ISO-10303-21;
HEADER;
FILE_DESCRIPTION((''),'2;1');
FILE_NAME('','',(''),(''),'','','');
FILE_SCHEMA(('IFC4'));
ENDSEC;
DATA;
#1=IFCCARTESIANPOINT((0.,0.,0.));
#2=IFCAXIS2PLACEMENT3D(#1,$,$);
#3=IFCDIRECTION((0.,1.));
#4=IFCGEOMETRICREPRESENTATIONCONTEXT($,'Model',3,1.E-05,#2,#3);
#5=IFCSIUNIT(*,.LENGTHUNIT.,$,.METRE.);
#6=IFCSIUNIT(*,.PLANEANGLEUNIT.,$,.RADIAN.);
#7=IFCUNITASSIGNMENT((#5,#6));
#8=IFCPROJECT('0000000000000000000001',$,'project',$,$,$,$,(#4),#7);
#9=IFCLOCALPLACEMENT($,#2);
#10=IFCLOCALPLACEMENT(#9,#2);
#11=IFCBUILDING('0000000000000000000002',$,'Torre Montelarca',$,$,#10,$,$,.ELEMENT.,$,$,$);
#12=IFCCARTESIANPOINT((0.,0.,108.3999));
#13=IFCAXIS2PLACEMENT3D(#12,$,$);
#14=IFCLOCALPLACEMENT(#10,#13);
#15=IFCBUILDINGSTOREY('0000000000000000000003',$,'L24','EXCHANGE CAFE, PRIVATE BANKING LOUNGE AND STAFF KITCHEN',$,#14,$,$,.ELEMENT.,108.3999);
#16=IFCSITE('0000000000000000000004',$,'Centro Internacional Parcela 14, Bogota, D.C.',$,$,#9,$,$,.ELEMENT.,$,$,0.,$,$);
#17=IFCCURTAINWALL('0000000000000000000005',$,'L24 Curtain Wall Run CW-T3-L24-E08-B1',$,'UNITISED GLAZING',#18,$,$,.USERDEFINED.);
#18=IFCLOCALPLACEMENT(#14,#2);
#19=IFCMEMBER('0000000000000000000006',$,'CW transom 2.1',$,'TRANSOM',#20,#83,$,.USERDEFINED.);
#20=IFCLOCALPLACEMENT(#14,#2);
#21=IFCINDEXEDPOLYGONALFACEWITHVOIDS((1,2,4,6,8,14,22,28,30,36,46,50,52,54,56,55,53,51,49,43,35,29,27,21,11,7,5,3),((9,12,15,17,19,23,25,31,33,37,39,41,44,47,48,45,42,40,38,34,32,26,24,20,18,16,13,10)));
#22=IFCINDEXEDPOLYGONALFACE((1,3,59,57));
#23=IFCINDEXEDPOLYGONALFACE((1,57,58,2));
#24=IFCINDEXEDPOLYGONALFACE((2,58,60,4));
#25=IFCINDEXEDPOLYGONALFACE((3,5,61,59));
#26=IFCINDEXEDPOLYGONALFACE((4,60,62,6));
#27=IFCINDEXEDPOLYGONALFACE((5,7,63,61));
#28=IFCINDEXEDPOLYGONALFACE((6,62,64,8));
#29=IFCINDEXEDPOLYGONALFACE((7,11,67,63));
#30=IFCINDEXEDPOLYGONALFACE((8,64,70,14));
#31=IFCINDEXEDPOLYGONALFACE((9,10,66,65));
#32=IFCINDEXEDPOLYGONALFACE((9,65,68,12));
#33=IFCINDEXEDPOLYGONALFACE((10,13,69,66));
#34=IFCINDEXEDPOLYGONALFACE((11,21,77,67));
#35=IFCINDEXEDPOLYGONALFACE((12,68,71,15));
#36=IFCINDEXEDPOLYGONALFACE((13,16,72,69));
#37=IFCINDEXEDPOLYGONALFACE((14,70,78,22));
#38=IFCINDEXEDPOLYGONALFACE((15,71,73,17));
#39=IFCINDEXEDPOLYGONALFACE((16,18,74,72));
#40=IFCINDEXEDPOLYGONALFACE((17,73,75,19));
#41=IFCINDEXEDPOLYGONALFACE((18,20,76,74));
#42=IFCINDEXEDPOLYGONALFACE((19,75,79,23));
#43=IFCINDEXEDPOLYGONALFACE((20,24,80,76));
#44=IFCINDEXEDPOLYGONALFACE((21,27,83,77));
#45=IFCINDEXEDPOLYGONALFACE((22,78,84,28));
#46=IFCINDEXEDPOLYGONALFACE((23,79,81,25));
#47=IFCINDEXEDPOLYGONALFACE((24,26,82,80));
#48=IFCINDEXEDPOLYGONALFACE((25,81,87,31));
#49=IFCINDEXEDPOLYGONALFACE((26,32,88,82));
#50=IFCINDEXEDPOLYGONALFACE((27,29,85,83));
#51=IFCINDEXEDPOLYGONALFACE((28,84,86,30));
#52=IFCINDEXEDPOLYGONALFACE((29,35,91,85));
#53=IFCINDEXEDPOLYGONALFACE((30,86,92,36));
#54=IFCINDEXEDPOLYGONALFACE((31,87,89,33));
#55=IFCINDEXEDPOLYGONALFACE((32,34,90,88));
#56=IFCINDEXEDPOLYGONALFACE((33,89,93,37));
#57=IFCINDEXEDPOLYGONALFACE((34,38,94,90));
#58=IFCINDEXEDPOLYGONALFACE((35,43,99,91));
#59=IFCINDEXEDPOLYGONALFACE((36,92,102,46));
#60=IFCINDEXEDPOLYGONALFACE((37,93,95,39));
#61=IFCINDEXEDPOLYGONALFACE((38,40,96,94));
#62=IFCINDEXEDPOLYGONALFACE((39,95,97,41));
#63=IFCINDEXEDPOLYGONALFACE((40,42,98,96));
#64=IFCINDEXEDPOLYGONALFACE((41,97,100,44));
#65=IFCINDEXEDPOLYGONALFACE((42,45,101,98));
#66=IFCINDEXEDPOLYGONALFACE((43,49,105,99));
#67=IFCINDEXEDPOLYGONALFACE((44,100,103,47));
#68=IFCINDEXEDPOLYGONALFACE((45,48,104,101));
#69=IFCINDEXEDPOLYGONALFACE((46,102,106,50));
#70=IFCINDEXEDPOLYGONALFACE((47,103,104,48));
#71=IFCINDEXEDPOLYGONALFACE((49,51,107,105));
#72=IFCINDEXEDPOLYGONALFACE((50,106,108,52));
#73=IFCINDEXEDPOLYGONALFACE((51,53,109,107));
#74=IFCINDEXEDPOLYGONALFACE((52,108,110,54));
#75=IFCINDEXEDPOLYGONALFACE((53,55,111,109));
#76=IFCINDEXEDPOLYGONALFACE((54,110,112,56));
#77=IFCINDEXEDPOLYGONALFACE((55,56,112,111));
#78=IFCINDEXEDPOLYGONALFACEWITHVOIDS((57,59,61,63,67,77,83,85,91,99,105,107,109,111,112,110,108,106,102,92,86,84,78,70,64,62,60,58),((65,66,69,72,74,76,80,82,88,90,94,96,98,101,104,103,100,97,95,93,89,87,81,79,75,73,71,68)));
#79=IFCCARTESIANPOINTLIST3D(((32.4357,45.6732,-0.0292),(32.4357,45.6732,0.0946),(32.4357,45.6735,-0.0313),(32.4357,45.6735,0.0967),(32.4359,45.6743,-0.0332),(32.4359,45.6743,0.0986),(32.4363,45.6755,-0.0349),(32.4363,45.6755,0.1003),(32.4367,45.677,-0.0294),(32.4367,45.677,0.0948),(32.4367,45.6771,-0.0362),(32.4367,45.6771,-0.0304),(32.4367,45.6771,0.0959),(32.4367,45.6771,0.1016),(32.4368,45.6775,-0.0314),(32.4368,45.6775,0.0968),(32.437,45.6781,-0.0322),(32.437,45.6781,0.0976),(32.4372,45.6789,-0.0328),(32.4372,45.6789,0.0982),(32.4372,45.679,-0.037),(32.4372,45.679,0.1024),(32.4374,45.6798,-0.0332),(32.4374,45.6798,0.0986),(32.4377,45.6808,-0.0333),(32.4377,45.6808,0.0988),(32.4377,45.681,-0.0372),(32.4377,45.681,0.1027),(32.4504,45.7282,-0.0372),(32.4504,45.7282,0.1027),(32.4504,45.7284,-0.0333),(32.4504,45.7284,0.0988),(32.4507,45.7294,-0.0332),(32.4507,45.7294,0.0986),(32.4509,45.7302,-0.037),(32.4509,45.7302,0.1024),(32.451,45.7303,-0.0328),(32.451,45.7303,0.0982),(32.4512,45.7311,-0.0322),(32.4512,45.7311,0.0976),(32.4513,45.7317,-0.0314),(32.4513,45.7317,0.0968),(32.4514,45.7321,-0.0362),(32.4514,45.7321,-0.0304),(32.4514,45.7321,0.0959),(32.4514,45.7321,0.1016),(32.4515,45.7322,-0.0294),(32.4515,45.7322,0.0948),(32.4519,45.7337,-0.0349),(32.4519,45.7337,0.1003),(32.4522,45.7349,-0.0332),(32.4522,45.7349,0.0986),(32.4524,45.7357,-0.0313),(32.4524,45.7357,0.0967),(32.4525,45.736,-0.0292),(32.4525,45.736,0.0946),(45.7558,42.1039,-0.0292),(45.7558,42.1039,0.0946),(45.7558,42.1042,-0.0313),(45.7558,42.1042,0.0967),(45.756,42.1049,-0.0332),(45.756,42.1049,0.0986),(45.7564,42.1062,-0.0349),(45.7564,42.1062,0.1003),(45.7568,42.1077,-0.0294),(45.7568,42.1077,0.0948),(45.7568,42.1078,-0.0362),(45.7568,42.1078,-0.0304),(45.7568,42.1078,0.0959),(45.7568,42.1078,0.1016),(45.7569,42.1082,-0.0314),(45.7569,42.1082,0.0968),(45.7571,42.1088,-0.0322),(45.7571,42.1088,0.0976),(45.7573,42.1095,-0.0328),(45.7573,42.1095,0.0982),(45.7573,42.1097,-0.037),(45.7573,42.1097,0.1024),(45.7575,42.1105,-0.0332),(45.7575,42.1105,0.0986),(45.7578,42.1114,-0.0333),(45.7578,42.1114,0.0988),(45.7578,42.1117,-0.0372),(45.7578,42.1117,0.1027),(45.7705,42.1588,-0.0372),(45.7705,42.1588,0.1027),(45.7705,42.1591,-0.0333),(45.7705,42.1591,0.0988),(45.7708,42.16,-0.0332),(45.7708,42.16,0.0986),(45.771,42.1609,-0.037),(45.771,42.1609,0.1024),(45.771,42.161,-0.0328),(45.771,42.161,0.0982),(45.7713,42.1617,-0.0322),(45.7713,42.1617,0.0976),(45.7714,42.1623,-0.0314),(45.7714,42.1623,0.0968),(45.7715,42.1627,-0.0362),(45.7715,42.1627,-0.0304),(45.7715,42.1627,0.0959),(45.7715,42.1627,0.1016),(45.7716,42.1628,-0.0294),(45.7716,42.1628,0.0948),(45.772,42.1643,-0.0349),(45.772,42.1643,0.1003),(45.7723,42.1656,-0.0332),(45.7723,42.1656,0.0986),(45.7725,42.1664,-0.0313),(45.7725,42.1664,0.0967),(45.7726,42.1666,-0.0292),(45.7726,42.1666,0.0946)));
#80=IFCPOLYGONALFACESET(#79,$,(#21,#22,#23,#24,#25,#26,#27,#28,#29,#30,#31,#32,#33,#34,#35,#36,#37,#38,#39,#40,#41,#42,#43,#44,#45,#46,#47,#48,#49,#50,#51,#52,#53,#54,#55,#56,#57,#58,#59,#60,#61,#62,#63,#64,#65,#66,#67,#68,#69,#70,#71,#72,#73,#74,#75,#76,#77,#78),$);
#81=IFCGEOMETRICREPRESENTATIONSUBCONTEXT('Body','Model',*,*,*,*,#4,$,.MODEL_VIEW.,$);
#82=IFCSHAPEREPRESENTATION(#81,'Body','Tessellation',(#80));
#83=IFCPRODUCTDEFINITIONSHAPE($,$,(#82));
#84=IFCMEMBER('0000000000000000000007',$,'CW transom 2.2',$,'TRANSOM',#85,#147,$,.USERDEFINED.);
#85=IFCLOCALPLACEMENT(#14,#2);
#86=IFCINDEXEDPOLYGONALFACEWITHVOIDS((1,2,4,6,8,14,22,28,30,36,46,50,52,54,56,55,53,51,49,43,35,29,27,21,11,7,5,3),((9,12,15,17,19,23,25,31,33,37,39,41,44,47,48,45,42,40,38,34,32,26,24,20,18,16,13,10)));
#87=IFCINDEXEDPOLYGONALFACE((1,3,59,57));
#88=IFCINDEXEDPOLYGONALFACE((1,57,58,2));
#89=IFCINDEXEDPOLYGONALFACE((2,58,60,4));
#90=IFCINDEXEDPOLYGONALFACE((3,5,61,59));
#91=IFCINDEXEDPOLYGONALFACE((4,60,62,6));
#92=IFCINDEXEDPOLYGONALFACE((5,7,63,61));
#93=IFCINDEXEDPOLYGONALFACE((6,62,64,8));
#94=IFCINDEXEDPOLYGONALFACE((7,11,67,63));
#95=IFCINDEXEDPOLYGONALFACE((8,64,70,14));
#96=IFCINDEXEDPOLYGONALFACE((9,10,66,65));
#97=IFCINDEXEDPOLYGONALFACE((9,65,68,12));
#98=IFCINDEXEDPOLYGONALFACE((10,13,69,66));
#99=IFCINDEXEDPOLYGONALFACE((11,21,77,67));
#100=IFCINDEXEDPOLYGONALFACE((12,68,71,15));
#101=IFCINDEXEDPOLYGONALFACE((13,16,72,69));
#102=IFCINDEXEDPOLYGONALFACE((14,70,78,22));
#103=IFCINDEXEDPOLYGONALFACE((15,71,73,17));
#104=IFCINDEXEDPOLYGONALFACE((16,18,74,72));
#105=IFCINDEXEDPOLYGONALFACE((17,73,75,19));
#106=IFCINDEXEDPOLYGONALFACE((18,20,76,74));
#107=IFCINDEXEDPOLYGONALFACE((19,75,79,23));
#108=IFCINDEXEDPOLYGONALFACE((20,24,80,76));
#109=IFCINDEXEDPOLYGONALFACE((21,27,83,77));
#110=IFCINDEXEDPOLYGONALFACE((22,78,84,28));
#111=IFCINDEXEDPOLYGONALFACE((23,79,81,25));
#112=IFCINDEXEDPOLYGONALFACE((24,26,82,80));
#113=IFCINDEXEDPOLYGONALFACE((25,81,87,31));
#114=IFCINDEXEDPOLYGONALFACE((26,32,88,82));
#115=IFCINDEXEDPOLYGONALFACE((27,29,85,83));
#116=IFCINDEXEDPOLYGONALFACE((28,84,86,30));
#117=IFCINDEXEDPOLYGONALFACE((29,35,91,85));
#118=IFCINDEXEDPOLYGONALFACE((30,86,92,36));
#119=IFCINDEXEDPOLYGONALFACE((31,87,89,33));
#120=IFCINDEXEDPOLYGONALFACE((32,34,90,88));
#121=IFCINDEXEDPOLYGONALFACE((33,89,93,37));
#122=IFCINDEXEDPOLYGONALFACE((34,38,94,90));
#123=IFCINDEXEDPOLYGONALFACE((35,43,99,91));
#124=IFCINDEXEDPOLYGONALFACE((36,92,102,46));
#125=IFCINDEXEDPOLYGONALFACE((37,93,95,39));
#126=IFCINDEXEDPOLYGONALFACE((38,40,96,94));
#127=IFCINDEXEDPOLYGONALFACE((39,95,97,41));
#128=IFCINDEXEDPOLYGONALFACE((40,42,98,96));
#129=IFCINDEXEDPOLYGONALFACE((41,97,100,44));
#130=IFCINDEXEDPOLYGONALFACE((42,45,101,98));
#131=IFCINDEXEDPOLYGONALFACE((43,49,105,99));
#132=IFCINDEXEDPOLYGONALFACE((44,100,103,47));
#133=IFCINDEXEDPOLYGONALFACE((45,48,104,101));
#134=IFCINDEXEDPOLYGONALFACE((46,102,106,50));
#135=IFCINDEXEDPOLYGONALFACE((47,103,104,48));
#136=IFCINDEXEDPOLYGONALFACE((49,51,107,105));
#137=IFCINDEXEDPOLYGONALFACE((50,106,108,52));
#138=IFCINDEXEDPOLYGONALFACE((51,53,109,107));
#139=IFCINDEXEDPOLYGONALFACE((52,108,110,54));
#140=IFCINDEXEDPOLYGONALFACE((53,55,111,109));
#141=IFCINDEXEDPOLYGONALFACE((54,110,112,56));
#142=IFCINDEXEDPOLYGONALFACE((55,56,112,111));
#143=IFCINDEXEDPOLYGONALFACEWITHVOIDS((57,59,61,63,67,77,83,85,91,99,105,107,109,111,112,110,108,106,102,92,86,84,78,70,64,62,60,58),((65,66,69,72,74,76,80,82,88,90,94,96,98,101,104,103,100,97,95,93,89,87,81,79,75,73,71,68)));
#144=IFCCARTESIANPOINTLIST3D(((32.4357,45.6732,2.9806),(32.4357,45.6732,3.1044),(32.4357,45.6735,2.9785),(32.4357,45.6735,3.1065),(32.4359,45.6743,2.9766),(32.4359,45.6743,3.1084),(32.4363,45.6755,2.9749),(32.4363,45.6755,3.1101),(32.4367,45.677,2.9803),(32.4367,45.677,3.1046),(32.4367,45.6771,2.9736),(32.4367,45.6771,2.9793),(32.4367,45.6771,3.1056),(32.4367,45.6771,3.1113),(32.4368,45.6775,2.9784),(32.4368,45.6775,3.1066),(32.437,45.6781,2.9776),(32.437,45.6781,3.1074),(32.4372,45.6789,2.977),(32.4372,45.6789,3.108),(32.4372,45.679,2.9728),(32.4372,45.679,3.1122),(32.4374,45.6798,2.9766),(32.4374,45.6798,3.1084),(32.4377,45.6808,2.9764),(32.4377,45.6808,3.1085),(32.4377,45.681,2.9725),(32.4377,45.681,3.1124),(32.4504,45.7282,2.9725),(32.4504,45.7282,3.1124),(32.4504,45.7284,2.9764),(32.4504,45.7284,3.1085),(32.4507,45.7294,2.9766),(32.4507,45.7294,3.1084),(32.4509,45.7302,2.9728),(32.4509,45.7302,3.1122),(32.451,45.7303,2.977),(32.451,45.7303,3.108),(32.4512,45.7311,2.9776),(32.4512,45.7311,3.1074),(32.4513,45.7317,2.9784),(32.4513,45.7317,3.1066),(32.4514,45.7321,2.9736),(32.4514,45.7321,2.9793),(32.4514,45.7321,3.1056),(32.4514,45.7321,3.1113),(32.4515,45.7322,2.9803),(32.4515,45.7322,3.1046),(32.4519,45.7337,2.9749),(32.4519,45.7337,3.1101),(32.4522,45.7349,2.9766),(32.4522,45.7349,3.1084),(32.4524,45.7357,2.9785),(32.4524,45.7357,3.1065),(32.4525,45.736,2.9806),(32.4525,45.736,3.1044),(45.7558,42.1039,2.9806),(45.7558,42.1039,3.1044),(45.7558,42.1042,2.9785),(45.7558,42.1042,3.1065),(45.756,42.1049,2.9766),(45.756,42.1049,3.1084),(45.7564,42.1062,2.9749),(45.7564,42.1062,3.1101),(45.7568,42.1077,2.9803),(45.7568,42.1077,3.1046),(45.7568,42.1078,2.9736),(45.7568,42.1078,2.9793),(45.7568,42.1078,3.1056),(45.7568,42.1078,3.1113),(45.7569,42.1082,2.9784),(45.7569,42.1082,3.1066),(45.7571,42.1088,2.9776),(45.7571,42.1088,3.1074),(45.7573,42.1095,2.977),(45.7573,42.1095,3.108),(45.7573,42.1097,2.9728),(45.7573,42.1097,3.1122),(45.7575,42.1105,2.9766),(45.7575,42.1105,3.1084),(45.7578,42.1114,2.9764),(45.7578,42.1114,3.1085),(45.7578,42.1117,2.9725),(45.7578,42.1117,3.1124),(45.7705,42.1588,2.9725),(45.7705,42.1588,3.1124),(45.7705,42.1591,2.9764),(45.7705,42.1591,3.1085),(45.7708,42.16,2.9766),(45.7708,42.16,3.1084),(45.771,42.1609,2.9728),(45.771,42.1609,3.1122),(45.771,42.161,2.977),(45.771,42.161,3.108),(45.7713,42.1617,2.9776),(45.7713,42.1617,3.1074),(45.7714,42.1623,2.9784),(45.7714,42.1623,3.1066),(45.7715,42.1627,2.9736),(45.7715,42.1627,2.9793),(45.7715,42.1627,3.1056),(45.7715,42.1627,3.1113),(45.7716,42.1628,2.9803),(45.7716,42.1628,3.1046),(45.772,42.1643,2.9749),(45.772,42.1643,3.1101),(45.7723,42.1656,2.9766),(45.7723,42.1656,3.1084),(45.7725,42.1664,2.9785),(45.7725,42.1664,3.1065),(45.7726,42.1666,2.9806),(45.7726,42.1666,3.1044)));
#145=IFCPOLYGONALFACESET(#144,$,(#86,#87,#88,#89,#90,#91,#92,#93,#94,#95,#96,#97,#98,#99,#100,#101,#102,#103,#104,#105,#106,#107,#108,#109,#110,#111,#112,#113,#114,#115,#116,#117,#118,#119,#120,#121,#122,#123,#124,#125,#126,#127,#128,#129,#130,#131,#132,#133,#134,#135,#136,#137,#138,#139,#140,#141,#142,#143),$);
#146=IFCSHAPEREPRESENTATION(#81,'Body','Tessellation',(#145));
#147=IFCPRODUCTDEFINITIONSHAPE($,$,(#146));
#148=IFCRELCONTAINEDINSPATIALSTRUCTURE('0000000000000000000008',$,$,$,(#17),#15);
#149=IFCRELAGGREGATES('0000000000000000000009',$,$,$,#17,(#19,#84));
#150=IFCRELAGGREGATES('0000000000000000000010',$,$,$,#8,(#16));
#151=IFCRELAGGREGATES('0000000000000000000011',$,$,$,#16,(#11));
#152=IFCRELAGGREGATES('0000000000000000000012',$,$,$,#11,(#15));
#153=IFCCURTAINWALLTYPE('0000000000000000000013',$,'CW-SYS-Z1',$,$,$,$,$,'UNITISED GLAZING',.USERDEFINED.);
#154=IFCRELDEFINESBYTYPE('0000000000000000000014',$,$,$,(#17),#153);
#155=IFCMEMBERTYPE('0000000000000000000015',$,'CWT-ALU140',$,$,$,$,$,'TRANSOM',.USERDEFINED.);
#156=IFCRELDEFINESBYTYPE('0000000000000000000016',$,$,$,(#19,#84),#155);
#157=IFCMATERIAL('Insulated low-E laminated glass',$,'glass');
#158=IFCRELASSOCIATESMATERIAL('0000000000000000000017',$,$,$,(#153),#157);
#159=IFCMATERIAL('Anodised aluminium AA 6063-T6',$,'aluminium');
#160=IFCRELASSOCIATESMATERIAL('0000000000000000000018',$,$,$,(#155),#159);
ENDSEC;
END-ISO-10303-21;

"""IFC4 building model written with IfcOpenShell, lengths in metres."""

from ifc_helpers import new_model, si_unit, direction, frame, origin, origin_2d, place, context, subcontext, project, spatial, hollow_rectangle, extrude, source, transform, mapped, material, material_profile, profile_set, type_object, element, aggregate, save


model = new_model("IFC4")

# Units and contexts
model_context = context("Model", 3, precision=1e-05, world=origin(), true_north=direction((0.0, 1.0)))
body_context = subcontext(model_context, "Body", "Model", "MODEL_VIEW")
ifc_project = project(units=[si_unit("LENGTHUNIT", "METRE"), si_unit("PLANEANGLEUNIT", "RADIAN")], contexts=[model_context])

# Site, building, storey
site_placement = place(None, origin())
site = spatial("IfcSite", under=ifc_project, at=site_placement, Name="Centro Internacional Parcela 14, Bogota, D.C.", CompositionType="ELEMENT", RefElevation=0.0)
building_placement = place(site_placement, origin())
building = spatial("IfcBuilding", under=site, at=building_placement, Name="Torre Montelarca", CompositionType="ELEMENT")
storey_placement = place(building_placement, frame((0.0, 0.0, 108.3999)))
storey = spatial("IfcBuildingStorey", under=building, at=storey_placement, Name="L24", Description="EXCHANGE CAFE, PRIVATE BANKING LOUNGE AND STAFF KITCHEN", CompositionType="ELEMENT", Elevation=108.3999)

# Shared definitions
ifc_material_1 = material(Name="Insulated low-E laminated glass", Category="glass")
curtain_wall_type = type_object("IfcCurtainWallType", Name="CW-SYS-Z1", ElementType="UNITISED GLAZING", PredefinedType="USERDEFINED", material=ifc_material_1)
ifc_material_2 = material(Name="Anodised aluminium AA 6063-T6", Category="aluminium")
ifc_material_profile_1 = material_profile(ifc_material_2, hollow_rectangle(XDim=0.0649, YDim=0.1399, WallThickness=0.0039, InnerFilletRadius=0.0039, OuterFilletRadius=0.0081, at=origin_2d()), Name="ALU65X140X4", Category="aluminium")
ifc_profile_set_1 = profile_set([ifc_material_profile_1], Name="Anodised aluminium AA 6063-T6")
member_type_1 = type_object("IfcMemberType", Name="CWT-ALU140", ElementType="TRANSOM", PredefinedType="USERDEFINED", material=ifc_profile_set_1)

# Curtain wall, members
curtain_wall_1_placement = place(storey_placement, origin())
curtain_wall_1 = element("IfcCurtainWall", 1, at=curtain_wall_1_placement, inside=storey, type_object=curtain_wall_type, Name="L24 Curtain Wall Run CW-T3-L24-E08-B1", ObjectType="UNITISED GLAZING", PredefinedType="USERDEFINED")
shared_shape_1 = source(origin(), body_context, "Body", "SweptSolid", [
    extrude(hollow_rectangle(XDim=0.0649, YDim=0.1399, WallThickness=0.0039, InnerFilletRadius=0.0039, OuterFilletRadius=0.0081, at=origin_2d()), origin(), (0.0, 0.0, 1.0), 13.79),
])
member_1_placement = place(storey_placement, frame((45.7642, 42.1353, 0.0327), z_axis=(-0.965922, 0.258835, 0.0), x_axis=(-0.258835, -0.965922, 0.0)))
member_1 = element("IfcMember", 2, at=member_1_placement, type_object=member_type_1, Name="CW transom 2.1", ObjectType="TRANSOM", PredefinedType="USERDEFINED", context=body_context, shape_type="MappedRepresentation", body=[
    mapped(shared_shape_1, transform((0.0, 0.0, 0.0), scale=1.0)),
])
member_2_placement = place(storey_placement, frame((45.7642, 42.1353, 3.0425), z_axis=(-0.965922, 0.258835, 0.0), x_axis=(-0.258835, -0.965922, 0.0)))
member_2 = element("IfcMember", 3, at=member_2_placement, type_object=member_type_1, Name="CW transom 2.2", ObjectType="TRANSOM", PredefinedType="USERDEFINED", context=body_context, shape_type="MappedRepresentation", body=[
    mapped(shared_shape_1, transform((0.0, 0.0, 0.0), scale=1.0)),
])

aggregate(curtain_wall_1, [member_1, member_2])

save(model, "model.ifc")
